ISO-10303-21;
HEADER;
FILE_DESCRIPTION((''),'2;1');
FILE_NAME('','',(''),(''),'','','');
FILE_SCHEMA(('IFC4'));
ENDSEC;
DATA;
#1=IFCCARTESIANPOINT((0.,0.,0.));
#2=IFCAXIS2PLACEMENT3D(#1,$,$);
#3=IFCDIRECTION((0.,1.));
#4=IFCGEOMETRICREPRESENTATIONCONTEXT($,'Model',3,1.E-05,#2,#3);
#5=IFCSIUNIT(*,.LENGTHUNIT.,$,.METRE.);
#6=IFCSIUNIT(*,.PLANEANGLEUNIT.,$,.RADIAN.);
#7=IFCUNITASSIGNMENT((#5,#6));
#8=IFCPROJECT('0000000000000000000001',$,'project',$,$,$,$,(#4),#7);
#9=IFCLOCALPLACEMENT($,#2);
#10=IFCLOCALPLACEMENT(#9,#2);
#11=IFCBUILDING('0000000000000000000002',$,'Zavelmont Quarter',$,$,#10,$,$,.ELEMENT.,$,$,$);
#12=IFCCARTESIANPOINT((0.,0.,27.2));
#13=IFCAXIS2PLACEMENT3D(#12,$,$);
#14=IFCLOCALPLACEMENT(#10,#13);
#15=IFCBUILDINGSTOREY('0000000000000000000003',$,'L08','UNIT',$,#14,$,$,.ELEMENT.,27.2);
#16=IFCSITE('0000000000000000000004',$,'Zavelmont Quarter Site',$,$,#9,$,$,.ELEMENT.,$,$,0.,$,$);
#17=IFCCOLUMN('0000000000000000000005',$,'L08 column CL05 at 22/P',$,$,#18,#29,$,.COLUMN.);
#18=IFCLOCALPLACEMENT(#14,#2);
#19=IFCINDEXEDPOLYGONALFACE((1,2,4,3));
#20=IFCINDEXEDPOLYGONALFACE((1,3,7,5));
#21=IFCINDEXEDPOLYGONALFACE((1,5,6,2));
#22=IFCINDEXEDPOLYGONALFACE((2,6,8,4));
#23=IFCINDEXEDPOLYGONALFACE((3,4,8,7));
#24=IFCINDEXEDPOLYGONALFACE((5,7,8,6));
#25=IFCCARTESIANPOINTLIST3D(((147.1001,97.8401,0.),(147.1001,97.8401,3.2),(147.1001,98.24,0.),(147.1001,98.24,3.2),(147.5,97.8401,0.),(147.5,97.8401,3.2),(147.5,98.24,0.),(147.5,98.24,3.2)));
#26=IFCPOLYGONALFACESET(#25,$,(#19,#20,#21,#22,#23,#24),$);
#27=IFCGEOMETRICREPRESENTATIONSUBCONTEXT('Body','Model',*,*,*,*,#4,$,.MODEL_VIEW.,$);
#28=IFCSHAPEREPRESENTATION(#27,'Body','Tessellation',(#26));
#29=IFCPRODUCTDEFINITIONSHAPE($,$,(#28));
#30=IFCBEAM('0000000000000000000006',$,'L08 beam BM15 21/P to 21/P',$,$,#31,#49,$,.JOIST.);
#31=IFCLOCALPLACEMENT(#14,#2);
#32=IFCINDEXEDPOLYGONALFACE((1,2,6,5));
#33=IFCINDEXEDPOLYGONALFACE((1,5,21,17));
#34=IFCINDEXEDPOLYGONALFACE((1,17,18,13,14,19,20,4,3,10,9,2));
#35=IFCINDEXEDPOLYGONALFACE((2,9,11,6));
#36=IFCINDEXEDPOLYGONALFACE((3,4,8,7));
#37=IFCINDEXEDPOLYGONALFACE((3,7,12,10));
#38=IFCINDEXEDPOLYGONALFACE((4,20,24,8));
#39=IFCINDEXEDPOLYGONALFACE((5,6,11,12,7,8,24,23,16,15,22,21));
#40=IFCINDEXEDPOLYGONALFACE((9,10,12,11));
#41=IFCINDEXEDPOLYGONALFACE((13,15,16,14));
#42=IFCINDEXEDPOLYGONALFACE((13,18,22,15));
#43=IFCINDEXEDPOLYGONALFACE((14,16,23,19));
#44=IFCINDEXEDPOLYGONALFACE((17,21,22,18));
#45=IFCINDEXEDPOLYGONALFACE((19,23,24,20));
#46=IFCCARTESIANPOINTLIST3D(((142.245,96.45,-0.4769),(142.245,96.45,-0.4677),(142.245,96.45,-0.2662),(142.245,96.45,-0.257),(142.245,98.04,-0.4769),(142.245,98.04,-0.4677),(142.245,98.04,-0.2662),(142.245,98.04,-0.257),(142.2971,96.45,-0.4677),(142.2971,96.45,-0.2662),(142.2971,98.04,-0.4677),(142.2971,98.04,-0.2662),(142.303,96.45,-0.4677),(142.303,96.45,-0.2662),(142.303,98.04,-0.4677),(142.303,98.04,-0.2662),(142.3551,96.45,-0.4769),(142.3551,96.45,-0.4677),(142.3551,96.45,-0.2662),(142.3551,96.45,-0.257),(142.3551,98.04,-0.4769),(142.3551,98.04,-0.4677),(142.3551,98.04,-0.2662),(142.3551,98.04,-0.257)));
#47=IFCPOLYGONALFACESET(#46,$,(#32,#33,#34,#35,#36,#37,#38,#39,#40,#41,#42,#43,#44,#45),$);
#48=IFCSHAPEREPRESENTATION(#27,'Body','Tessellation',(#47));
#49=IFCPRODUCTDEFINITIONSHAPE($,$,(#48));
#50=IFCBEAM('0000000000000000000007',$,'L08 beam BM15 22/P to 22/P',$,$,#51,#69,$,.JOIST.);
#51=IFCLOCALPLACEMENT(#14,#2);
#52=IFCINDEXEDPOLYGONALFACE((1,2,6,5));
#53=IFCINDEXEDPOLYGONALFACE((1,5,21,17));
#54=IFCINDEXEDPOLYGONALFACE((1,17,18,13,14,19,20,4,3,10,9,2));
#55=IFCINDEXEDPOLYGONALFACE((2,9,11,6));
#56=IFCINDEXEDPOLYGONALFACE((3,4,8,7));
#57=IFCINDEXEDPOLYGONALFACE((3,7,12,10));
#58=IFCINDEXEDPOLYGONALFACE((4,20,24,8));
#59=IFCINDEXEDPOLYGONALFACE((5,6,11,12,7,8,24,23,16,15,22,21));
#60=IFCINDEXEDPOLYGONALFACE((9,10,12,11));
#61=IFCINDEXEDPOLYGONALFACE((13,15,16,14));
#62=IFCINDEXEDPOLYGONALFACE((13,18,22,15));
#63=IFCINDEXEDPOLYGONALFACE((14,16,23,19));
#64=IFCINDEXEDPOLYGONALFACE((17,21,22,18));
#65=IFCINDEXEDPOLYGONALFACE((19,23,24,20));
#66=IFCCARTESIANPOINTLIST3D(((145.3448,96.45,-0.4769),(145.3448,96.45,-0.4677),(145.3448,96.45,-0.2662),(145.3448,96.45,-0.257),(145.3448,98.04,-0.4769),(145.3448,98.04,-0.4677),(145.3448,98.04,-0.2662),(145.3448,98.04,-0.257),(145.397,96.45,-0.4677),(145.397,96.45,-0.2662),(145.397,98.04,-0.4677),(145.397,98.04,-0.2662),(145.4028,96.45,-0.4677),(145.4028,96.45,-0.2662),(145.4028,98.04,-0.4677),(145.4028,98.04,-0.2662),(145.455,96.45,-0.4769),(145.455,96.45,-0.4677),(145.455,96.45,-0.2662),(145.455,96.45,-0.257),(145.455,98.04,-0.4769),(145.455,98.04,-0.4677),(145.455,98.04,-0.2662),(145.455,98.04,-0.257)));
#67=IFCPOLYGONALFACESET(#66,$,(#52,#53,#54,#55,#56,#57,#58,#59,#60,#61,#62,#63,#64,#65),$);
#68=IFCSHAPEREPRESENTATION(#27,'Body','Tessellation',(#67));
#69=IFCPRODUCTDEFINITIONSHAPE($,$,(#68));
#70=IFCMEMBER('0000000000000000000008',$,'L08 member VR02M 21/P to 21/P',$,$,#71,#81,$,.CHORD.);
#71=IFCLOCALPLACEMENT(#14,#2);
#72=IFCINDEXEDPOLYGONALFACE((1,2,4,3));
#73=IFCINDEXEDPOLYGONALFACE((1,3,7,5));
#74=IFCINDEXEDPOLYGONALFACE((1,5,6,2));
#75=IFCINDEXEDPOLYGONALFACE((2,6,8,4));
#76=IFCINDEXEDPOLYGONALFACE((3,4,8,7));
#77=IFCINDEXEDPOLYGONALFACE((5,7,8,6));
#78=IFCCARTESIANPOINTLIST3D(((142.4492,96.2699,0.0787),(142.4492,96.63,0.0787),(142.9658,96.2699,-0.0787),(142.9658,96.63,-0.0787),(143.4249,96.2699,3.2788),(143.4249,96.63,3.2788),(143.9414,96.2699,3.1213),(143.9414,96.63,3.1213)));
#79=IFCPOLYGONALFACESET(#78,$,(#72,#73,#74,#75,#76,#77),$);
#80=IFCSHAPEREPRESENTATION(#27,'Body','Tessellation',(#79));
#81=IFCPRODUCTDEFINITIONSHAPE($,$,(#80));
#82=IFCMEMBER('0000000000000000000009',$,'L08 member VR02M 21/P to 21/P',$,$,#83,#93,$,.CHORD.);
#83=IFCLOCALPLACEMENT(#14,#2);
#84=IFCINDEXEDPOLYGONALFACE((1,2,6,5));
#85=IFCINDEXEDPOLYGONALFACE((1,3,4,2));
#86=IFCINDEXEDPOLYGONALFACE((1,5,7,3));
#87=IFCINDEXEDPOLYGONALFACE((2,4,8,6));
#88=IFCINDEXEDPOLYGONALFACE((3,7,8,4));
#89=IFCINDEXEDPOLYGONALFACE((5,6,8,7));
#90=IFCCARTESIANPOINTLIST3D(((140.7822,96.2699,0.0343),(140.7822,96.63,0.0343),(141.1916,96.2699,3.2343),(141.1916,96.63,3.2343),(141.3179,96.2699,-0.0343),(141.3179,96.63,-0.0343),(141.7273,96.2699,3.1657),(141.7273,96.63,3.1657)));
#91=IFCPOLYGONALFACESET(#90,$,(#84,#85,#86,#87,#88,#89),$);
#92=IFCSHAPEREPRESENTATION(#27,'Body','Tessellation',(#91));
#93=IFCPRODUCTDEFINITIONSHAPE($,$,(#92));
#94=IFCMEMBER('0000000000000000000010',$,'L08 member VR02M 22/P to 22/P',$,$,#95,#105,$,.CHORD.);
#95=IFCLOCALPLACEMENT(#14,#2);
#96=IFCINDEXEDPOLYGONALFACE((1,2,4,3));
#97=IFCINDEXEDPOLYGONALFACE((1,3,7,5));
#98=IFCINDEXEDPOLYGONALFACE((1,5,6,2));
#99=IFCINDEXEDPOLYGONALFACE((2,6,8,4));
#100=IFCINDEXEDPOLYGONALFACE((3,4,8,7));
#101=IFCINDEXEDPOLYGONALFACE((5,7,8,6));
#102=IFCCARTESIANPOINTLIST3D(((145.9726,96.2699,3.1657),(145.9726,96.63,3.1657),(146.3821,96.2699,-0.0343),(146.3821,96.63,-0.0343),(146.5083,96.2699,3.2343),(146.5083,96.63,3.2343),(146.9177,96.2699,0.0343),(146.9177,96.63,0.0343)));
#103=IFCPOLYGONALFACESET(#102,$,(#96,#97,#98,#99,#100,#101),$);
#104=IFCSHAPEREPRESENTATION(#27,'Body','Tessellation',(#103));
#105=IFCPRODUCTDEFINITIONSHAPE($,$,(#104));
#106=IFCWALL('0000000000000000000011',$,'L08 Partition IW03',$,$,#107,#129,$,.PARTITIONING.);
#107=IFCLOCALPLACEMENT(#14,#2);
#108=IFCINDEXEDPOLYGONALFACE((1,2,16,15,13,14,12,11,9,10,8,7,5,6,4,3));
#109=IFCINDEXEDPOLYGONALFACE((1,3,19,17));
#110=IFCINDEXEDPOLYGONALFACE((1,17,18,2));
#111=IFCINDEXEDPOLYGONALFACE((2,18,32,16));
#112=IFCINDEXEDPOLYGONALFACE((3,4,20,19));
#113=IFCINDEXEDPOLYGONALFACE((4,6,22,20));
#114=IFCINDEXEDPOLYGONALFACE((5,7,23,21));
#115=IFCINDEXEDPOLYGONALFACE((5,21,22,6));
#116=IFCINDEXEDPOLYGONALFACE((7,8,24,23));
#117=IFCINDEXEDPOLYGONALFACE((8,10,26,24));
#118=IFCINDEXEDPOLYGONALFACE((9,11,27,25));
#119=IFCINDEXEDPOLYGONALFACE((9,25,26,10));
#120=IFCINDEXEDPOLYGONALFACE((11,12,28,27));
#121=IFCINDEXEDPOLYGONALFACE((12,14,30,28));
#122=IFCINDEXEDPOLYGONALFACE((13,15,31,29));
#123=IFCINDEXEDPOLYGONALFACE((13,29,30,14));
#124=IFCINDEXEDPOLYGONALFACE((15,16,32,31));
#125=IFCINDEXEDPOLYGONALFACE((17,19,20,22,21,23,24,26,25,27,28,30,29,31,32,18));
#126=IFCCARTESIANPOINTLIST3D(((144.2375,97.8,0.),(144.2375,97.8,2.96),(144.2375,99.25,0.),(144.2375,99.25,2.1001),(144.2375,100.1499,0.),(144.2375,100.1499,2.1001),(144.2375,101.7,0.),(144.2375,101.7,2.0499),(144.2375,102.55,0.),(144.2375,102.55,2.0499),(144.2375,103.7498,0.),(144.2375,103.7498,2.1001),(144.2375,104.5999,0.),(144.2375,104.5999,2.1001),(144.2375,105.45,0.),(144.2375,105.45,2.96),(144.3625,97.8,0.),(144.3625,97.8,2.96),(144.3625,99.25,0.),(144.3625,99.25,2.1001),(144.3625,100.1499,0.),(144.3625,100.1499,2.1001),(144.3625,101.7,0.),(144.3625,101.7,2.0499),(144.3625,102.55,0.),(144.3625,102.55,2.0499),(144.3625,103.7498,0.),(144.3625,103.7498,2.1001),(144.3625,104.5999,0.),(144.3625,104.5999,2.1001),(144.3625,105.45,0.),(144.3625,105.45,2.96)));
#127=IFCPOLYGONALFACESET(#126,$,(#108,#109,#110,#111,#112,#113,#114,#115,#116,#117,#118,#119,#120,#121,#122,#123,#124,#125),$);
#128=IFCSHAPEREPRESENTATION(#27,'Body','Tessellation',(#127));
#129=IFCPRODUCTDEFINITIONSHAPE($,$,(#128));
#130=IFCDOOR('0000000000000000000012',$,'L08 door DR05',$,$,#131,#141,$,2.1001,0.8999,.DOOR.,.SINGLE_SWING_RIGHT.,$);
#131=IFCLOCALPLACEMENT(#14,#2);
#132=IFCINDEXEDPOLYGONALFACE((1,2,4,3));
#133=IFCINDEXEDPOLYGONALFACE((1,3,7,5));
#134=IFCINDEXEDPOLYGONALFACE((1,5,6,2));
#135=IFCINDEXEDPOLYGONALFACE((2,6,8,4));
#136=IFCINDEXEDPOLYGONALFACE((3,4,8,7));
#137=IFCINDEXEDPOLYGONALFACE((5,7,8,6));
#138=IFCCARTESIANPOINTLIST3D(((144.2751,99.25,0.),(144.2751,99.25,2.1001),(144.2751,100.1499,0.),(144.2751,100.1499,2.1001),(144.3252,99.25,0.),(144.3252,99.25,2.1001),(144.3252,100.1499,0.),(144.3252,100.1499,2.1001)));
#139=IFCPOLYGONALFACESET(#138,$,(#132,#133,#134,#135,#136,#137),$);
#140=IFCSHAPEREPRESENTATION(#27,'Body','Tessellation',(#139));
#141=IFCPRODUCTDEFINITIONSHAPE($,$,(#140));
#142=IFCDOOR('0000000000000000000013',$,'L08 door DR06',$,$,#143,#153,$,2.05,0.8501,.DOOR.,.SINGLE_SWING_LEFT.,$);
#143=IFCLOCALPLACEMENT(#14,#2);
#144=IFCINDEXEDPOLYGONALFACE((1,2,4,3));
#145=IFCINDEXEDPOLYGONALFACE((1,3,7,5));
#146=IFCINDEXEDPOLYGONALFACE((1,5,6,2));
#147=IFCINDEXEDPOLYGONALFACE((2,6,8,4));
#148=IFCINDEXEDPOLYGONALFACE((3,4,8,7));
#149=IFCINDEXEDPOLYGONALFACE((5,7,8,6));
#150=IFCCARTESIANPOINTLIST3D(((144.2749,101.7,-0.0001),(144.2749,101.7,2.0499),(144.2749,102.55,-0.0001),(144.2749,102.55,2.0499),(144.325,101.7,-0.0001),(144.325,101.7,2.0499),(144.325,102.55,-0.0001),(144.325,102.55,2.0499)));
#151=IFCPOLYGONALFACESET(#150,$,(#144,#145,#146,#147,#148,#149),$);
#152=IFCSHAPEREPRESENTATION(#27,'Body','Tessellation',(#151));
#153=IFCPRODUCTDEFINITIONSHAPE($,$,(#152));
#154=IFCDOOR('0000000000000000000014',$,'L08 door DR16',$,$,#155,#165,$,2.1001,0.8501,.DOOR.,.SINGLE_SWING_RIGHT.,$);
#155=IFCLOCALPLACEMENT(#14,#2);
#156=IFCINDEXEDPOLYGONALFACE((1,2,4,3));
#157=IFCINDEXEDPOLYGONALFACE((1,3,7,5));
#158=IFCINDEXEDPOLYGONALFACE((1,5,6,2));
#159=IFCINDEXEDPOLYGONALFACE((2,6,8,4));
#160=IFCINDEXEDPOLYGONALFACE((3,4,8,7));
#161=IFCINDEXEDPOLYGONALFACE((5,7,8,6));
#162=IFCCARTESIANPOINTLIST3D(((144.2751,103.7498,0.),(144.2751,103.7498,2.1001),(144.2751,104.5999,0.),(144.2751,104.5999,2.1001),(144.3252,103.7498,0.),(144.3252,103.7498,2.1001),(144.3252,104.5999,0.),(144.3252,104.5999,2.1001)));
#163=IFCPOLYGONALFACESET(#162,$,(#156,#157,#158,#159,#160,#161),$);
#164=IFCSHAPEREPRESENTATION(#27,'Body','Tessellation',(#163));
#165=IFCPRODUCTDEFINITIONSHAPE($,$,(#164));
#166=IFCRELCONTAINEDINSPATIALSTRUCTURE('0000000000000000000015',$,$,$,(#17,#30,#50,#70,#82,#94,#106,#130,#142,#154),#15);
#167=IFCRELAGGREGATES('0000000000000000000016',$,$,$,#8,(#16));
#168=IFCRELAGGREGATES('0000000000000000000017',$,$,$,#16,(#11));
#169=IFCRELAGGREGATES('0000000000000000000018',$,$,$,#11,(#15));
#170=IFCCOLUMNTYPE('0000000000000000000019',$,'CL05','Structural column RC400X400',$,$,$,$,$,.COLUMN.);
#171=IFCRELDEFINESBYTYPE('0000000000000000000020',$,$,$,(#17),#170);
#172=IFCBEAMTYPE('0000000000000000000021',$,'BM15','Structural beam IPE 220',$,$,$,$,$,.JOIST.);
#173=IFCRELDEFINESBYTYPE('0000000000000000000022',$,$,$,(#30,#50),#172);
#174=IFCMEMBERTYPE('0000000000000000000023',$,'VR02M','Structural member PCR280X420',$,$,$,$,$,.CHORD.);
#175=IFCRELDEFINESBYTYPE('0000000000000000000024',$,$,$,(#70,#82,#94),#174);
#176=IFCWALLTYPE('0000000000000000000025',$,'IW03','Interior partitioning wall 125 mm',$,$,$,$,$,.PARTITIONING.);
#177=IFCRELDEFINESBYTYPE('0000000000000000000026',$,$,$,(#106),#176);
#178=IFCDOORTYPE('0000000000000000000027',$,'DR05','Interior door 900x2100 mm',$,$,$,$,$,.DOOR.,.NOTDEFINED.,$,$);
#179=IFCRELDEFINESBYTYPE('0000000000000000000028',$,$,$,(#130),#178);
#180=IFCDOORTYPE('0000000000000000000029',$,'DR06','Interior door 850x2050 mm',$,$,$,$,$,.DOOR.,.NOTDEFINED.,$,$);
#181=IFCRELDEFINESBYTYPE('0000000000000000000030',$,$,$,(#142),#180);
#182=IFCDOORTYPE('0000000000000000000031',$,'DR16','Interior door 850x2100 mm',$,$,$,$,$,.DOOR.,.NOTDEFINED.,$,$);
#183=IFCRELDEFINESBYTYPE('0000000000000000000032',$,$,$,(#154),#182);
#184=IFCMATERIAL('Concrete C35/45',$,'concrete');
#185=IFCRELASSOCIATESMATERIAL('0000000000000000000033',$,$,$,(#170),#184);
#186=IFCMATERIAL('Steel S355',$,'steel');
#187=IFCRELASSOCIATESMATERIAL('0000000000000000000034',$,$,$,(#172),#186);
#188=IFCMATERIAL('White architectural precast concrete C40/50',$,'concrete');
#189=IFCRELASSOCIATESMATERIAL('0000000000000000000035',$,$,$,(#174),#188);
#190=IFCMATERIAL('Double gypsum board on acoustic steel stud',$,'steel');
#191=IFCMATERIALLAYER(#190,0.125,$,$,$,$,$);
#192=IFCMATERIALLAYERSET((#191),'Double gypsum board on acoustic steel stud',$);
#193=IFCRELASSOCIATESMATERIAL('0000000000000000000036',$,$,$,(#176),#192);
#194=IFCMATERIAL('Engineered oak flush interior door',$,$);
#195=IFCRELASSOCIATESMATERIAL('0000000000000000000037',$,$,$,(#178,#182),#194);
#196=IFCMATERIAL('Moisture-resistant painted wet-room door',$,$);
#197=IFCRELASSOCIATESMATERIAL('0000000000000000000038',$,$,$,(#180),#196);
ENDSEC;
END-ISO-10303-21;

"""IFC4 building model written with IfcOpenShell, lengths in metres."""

from ifc_helpers import new_model, si_unit, direction, frame, frame_2d, origin, origin_with_axes, origin_2d, place, context, subcontext, project, spatial, rectangle, i_section, extrude, material, layer, layer_set, material_profile, profile_set, type_object, element, fill, save


model = new_model("IFC4")

# Units and contexts
model_context = context("Model", 3, precision=1e-05, world=origin(), true_north=direction((0.0, 1.0)))
body_context = subcontext(model_context, "Body", "Model", "MODEL_VIEW")
ifc_project = project(units=[si_unit("LENGTHUNIT", "METRE"), si_unit("PLANEANGLEUNIT", "RADIAN")], contexts=[model_context])

# Site, building, storey
site_placement = place(None, origin())
site = spatial("IfcSite", under=ifc_project, at=site_placement, Name="Zavelmont Quarter Site", CompositionType="ELEMENT", RefElevation=0.0)
building_placement = place(site_placement, origin())
building = spatial("IfcBuilding", under=site, at=building_placement, Name="Zavelmont Quarter", CompositionType="ELEMENT")
storey_placement = place(building_placement, frame((0.0, 0.0, 27.2)))
storey = spatial("IfcBuildingStorey", under=building, at=storey_placement, Name="L08", Description="UNIT", CompositionType="ELEMENT", Elevation=27.2)

# Column
ifc_material_1 = material(Name="Concrete C35/45", Category="concrete")
ifc_material_profile_1 = material_profile(ifc_material_1, rectangle(XDim=0.3999, YDim=0.3999, at=origin_2d()), Name="RC400X400")
ifc_profile_set_1 = profile_set([ifc_material_profile_1], Name="Concrete C35/45")
column_type = type_object("IfcColumnType", Name="CL05", Description="Structural column RC400X400", PredefinedType="COLUMN", material=ifc_profile_set_1)
column_placement = place(storey_placement, frame((147.3, 98.04, 0.0), z_axis=(0.0, 0.0, 1.0), x_axis=(1.0, 0.0, 0.0)))
element("IfcColumn", 1, at=column_placement, inside=storey, type_object=column_type, Name="L08 column CL05 at 22/P", PredefinedType="COLUMN", context=body_context, shape_type="SweptSolid", body=[
    extrude(rectangle(XDim=0.3999, YDim=0.3999, at=origin_2d()), origin(), (0.0, 0.0, 1.0), 3.2),
])

# Beams
ifc_material_2 = material(Name="Steel S355", Category="steel")
ifc_material_profile_2 = material_profile(ifc_material_2, i_section(OverallWidth=0.1101, OverallDepth=0.22, WebThickness=0.0059, FlangeThickness=0.0093, at=origin_2d()), Name="IPE 220")
ifc_profile_set_2 = profile_set([ifc_material_profile_2], Name="Steel S355")
beam_type = type_object("IfcBeamType", Name="BM15", Description="Structural beam IPE 220", PredefinedType="JOIST", material=ifc_profile_set_2)
for number, where, z_axis, x_axis, name in (
    (2, (142.3, 98.04, -0.3669), (0.0, -1.0, 0.0), (1.0, 0.0, 0.0), "L08 beam BM15 21/P to 21/P"),
    (3, (145.3999, 98.04, -0.3669), (0.0, -1.0, 0.0), (1.0, 0.0, 0.0), "L08 beam BM15 22/P to 22/P"),
):
    element("IfcBeam", number, at=place(storey_placement, frame(where, z_axis=z_axis, x_axis=x_axis)), inside=storey, type_object=beam_type, Name=name, PredefinedType="JOIST", context=body_context, shape_type="SweptSolid", body=[
        extrude(i_section(OverallWidth=0.1101, OverallDepth=0.22, WebThickness=0.0059, FlangeThickness=0.0093, at=origin_2d()), origin(), (0.0, 0.0, 1.0), 1.5901),
    ])

# Members
ifc_material_3 = material(Name="White architectural precast concrete C40/50", Category="concrete")
ifc_material_profile_3 = material_profile(ifc_material_3, rectangle(XDim=0.3601, YDim=0.54, at=origin_2d()), Name="PCR280X420")
ifc_profile_set_3 = profile_set([ifc_material_profile_3], Name="White architectural precast concrete C40/50")
member_type = type_object("IfcMemberType", Name="VR02M", Description="Structural member PCR280X420", PredefinedType="CHORD", material=ifc_profile_set_3)
member_placement = place(storey_placement, frame((142.7075, 96.45, 0.0), z_axis=(0.291623, 0.0, 0.956533), x_axis=(0.0, 1.0, 0.0)))
element("IfcMember", 4, at=member_placement, inside=storey, type_object=member_type, Name="L08 member VR02M 21/P to 21/P", PredefinedType="CHORD", context=body_context, shape_type="SweptSolid", body=[
    extrude(rectangle(XDim=0.3601, YDim=0.54, at=origin_2d()), origin(), (0.0, 0.0, 1.0), 3.3455),
])
for number, where, z_axis, x_axis, name in (
    (5, (141.05, 96.45, 0.0), (0.126912, 0.0, 0.991914), (0.0, 1.0, 0.0), "L08 member VR02M 21/P to 21/P"),
    (6, (146.6499, 96.45, 0.0), (-0.126912, 0.0, 0.991914), (0.0, -1.0, 0.0), "L08 member VR02M 22/P to 22/P"),
):
    element("IfcMember", number, at=place(storey_placement, frame(where, z_axis=z_axis, x_axis=x_axis)), inside=storey, type_object=member_type, Name=name, PredefinedType="CHORD", context=body_context, shape_type="SweptSolid", body=[
        extrude(rectangle(XDim=0.3601, YDim=0.54, at=origin_2d()), origin(), (0.0, 0.0, 1.0), 3.2261),
    ])

# Wall, openings, doors
ifc_material_4 = material(Name="Double gypsum board on acoustic steel stud", Category="steel")
ifc_layer_1 = layer(ifc_material_4, 0.125)
ifc_layer_set_1 = layer_set([ifc_layer_1], Name="Double gypsum board on acoustic steel stud")
wall_type_1 = type_object("IfcWallType", Name="IW03", Description="Interior partitioning wall 125 mm", PredefinedType="PARTITIONING", material=ifc_layer_set_1)
wall_1_placement = place(storey_placement, frame((144.3, 105.45, 0.0), z_axis=(0.0, 0.0, 1.0), x_axis=(0.0, -1.0, 0.0)))
wall_1 = element("IfcWall", 7, at=wall_1_placement, inside=storey, type_object=wall_type_1, Name="L08 Partition IW03", PredefinedType="PARTITIONING", context=body_context, shape_type="SweptSolid", body=[
    extrude(rectangle(XDim=7.6499, YDim=0.125, at=frame_2d((3.825, 0.0))), origin(), (0.0, 0.0, 1.0), 2.96),
])
opening_1_placement = place(wall_1_placement, frame((0.8501, 0.0, 0.0)))
opening_1 = element("IfcOpeningElement", 8, at=opening_1_placement, cuts=wall_1, PredefinedType="OPENING", context=body_context, shape_type="SweptSolid", body=[
    extrude(rectangle(XDim=0.8501, YDim=2.1001, at=frame_2d((0.425, 1.05))), frame((0.0, 0.0745, 0.0), z_axis=(0.0, -1.0, 0.0), x_axis=(1.0, 0.0, 0.0)), (0.0, 0.0, 1.0), 0.1489),
])
opening_2_placement = place(wall_1_placement, frame((2.8999, 0.0, 0.0)))
opening_2 = element("IfcOpeningElement", 9, at=opening_2_placement, cuts=wall_1, PredefinedType="OPENING", context=body_context, shape_type="SweptSolid", body=[
    extrude(rectangle(XDim=0.8501, YDim=2.05, at=frame_2d((0.425, 1.0249))), frame((0.0, 0.0745, 0.0), z_axis=(0.0, -1.0, 0.0), x_axis=(1.0, 0.0, 0.0)), (0.0, 0.0, 1.0), 0.1489),
])
opening_3_placement = place(wall_1_placement, frame((5.3, 0.0, 0.0)))
opening_3 = element("IfcOpeningElement", 10, at=opening_3_placement, cuts=wall_1, PredefinedType="OPENING", context=body_context, shape_type="SweptSolid", body=[
    extrude(rectangle(XDim=0.8999, YDim=2.1001, at=frame_2d((0.45, 1.05))), frame((0.0, 0.0745, 0.0), z_axis=(0.0, -1.0, 0.0), x_axis=(1.0, 0.0, 0.0)), (0.0, 0.0, 1.0), 0.1489),
])
ifc_material_5 = material(Name="Engineered oak flush interior door")
door_type_1 = type_object("IfcDoorType", Name="DR05", Description="Interior door 900x2100 mm", OperationType="NOTDEFINED", PredefinedType="DOOR", material=ifc_material_5)
door_1_placement = place(opening_3_placement, frame((0.8999, 0.0, 0.0), z_axis=(0.0, 0.0, 1.0), x_axis=(-1.0, 0.0, 0.0)))
door_1 = element("IfcDoor", 11, at=door_1_placement, inside=storey, type_object=door_type_1, Name="L08 door DR05", OperationType="SINGLE_SWING_RIGHT", OverallHeight=2.1001, OverallWidth=0.8999, PredefinedType="DOOR", context=body_context, shape_type="SweptSolid", body=[
    extrude(rectangle(XDim=0.8999, YDim=2.1001, at=frame_2d((0.45, 1.05))), frame((0.0, 0.0249, 0.0), z_axis=(0.0, -1.0, 0.0), x_axis=(1.0, 0.0, 0.0)), (0.0, 0.0, 1.0), 0.05),
])
fill(opening_3, door_1)
ifc_material_6 = material(Name="Moisture-resistant painted wet-room door")
door_type_2 = type_object("IfcDoorType", Name="DR06", Description="Interior door 850x2050 mm", OperationType="NOTDEFINED", PredefinedType="DOOR", material=ifc_material_6)
door_2_placement = place(opening_2_placement, origin_with_axes())
door_2 = element("IfcDoor", 12, at=door_2_placement, inside=storey, type_object=door_type_2, Name="L08 door DR06", OperationType="SINGLE_SWING_LEFT", OverallHeight=2.05, OverallWidth=0.8501, PredefinedType="DOOR", context=body_context, shape_type="SweptSolid", body=[
    extrude(rectangle(XDim=0.8501, YDim=2.05, at=frame_2d((0.425, 1.0249))), frame((0.0, 0.0249, 0.0), z_axis=(0.0, -1.0, 0.0), x_axis=(1.0, 0.0, 0.0)), (0.0, 0.0, 1.0), 0.05),
])
fill(opening_2, door_2)
door_type_3 = type_object("IfcDoorType", Name="DR16", Description="Interior door 850x2100 mm", OperationType="NOTDEFINED", PredefinedType="DOOR", material=ifc_material_5)
door_3_placement = place(opening_1_placement, frame((0.8501, 0.0, 0.0), z_axis=(0.0, 0.0, 1.0), x_axis=(-1.0, 0.0, 0.0)))
door_3 = element("IfcDoor", 13, at=door_3_placement, inside=storey, type_object=door_type_3, Name="L08 door DR16", OperationType="SINGLE_SWING_RIGHT", OverallHeight=2.1001, OverallWidth=0.8501, PredefinedType="DOOR", context=body_context, shape_type="SweptSolid", body=[
    extrude(rectangle(XDim=0.8501, YDim=2.1001, at=frame_2d((0.425, 1.05))), frame((0.0, 0.0249, 0.0), z_axis=(0.0, -1.0, 0.0), x_axis=(1.0, 0.0, 0.0)), (0.0, 0.0, 1.0), 0.05),
])
fill(opening_1, door_3)

save(model, "model.ifc")
